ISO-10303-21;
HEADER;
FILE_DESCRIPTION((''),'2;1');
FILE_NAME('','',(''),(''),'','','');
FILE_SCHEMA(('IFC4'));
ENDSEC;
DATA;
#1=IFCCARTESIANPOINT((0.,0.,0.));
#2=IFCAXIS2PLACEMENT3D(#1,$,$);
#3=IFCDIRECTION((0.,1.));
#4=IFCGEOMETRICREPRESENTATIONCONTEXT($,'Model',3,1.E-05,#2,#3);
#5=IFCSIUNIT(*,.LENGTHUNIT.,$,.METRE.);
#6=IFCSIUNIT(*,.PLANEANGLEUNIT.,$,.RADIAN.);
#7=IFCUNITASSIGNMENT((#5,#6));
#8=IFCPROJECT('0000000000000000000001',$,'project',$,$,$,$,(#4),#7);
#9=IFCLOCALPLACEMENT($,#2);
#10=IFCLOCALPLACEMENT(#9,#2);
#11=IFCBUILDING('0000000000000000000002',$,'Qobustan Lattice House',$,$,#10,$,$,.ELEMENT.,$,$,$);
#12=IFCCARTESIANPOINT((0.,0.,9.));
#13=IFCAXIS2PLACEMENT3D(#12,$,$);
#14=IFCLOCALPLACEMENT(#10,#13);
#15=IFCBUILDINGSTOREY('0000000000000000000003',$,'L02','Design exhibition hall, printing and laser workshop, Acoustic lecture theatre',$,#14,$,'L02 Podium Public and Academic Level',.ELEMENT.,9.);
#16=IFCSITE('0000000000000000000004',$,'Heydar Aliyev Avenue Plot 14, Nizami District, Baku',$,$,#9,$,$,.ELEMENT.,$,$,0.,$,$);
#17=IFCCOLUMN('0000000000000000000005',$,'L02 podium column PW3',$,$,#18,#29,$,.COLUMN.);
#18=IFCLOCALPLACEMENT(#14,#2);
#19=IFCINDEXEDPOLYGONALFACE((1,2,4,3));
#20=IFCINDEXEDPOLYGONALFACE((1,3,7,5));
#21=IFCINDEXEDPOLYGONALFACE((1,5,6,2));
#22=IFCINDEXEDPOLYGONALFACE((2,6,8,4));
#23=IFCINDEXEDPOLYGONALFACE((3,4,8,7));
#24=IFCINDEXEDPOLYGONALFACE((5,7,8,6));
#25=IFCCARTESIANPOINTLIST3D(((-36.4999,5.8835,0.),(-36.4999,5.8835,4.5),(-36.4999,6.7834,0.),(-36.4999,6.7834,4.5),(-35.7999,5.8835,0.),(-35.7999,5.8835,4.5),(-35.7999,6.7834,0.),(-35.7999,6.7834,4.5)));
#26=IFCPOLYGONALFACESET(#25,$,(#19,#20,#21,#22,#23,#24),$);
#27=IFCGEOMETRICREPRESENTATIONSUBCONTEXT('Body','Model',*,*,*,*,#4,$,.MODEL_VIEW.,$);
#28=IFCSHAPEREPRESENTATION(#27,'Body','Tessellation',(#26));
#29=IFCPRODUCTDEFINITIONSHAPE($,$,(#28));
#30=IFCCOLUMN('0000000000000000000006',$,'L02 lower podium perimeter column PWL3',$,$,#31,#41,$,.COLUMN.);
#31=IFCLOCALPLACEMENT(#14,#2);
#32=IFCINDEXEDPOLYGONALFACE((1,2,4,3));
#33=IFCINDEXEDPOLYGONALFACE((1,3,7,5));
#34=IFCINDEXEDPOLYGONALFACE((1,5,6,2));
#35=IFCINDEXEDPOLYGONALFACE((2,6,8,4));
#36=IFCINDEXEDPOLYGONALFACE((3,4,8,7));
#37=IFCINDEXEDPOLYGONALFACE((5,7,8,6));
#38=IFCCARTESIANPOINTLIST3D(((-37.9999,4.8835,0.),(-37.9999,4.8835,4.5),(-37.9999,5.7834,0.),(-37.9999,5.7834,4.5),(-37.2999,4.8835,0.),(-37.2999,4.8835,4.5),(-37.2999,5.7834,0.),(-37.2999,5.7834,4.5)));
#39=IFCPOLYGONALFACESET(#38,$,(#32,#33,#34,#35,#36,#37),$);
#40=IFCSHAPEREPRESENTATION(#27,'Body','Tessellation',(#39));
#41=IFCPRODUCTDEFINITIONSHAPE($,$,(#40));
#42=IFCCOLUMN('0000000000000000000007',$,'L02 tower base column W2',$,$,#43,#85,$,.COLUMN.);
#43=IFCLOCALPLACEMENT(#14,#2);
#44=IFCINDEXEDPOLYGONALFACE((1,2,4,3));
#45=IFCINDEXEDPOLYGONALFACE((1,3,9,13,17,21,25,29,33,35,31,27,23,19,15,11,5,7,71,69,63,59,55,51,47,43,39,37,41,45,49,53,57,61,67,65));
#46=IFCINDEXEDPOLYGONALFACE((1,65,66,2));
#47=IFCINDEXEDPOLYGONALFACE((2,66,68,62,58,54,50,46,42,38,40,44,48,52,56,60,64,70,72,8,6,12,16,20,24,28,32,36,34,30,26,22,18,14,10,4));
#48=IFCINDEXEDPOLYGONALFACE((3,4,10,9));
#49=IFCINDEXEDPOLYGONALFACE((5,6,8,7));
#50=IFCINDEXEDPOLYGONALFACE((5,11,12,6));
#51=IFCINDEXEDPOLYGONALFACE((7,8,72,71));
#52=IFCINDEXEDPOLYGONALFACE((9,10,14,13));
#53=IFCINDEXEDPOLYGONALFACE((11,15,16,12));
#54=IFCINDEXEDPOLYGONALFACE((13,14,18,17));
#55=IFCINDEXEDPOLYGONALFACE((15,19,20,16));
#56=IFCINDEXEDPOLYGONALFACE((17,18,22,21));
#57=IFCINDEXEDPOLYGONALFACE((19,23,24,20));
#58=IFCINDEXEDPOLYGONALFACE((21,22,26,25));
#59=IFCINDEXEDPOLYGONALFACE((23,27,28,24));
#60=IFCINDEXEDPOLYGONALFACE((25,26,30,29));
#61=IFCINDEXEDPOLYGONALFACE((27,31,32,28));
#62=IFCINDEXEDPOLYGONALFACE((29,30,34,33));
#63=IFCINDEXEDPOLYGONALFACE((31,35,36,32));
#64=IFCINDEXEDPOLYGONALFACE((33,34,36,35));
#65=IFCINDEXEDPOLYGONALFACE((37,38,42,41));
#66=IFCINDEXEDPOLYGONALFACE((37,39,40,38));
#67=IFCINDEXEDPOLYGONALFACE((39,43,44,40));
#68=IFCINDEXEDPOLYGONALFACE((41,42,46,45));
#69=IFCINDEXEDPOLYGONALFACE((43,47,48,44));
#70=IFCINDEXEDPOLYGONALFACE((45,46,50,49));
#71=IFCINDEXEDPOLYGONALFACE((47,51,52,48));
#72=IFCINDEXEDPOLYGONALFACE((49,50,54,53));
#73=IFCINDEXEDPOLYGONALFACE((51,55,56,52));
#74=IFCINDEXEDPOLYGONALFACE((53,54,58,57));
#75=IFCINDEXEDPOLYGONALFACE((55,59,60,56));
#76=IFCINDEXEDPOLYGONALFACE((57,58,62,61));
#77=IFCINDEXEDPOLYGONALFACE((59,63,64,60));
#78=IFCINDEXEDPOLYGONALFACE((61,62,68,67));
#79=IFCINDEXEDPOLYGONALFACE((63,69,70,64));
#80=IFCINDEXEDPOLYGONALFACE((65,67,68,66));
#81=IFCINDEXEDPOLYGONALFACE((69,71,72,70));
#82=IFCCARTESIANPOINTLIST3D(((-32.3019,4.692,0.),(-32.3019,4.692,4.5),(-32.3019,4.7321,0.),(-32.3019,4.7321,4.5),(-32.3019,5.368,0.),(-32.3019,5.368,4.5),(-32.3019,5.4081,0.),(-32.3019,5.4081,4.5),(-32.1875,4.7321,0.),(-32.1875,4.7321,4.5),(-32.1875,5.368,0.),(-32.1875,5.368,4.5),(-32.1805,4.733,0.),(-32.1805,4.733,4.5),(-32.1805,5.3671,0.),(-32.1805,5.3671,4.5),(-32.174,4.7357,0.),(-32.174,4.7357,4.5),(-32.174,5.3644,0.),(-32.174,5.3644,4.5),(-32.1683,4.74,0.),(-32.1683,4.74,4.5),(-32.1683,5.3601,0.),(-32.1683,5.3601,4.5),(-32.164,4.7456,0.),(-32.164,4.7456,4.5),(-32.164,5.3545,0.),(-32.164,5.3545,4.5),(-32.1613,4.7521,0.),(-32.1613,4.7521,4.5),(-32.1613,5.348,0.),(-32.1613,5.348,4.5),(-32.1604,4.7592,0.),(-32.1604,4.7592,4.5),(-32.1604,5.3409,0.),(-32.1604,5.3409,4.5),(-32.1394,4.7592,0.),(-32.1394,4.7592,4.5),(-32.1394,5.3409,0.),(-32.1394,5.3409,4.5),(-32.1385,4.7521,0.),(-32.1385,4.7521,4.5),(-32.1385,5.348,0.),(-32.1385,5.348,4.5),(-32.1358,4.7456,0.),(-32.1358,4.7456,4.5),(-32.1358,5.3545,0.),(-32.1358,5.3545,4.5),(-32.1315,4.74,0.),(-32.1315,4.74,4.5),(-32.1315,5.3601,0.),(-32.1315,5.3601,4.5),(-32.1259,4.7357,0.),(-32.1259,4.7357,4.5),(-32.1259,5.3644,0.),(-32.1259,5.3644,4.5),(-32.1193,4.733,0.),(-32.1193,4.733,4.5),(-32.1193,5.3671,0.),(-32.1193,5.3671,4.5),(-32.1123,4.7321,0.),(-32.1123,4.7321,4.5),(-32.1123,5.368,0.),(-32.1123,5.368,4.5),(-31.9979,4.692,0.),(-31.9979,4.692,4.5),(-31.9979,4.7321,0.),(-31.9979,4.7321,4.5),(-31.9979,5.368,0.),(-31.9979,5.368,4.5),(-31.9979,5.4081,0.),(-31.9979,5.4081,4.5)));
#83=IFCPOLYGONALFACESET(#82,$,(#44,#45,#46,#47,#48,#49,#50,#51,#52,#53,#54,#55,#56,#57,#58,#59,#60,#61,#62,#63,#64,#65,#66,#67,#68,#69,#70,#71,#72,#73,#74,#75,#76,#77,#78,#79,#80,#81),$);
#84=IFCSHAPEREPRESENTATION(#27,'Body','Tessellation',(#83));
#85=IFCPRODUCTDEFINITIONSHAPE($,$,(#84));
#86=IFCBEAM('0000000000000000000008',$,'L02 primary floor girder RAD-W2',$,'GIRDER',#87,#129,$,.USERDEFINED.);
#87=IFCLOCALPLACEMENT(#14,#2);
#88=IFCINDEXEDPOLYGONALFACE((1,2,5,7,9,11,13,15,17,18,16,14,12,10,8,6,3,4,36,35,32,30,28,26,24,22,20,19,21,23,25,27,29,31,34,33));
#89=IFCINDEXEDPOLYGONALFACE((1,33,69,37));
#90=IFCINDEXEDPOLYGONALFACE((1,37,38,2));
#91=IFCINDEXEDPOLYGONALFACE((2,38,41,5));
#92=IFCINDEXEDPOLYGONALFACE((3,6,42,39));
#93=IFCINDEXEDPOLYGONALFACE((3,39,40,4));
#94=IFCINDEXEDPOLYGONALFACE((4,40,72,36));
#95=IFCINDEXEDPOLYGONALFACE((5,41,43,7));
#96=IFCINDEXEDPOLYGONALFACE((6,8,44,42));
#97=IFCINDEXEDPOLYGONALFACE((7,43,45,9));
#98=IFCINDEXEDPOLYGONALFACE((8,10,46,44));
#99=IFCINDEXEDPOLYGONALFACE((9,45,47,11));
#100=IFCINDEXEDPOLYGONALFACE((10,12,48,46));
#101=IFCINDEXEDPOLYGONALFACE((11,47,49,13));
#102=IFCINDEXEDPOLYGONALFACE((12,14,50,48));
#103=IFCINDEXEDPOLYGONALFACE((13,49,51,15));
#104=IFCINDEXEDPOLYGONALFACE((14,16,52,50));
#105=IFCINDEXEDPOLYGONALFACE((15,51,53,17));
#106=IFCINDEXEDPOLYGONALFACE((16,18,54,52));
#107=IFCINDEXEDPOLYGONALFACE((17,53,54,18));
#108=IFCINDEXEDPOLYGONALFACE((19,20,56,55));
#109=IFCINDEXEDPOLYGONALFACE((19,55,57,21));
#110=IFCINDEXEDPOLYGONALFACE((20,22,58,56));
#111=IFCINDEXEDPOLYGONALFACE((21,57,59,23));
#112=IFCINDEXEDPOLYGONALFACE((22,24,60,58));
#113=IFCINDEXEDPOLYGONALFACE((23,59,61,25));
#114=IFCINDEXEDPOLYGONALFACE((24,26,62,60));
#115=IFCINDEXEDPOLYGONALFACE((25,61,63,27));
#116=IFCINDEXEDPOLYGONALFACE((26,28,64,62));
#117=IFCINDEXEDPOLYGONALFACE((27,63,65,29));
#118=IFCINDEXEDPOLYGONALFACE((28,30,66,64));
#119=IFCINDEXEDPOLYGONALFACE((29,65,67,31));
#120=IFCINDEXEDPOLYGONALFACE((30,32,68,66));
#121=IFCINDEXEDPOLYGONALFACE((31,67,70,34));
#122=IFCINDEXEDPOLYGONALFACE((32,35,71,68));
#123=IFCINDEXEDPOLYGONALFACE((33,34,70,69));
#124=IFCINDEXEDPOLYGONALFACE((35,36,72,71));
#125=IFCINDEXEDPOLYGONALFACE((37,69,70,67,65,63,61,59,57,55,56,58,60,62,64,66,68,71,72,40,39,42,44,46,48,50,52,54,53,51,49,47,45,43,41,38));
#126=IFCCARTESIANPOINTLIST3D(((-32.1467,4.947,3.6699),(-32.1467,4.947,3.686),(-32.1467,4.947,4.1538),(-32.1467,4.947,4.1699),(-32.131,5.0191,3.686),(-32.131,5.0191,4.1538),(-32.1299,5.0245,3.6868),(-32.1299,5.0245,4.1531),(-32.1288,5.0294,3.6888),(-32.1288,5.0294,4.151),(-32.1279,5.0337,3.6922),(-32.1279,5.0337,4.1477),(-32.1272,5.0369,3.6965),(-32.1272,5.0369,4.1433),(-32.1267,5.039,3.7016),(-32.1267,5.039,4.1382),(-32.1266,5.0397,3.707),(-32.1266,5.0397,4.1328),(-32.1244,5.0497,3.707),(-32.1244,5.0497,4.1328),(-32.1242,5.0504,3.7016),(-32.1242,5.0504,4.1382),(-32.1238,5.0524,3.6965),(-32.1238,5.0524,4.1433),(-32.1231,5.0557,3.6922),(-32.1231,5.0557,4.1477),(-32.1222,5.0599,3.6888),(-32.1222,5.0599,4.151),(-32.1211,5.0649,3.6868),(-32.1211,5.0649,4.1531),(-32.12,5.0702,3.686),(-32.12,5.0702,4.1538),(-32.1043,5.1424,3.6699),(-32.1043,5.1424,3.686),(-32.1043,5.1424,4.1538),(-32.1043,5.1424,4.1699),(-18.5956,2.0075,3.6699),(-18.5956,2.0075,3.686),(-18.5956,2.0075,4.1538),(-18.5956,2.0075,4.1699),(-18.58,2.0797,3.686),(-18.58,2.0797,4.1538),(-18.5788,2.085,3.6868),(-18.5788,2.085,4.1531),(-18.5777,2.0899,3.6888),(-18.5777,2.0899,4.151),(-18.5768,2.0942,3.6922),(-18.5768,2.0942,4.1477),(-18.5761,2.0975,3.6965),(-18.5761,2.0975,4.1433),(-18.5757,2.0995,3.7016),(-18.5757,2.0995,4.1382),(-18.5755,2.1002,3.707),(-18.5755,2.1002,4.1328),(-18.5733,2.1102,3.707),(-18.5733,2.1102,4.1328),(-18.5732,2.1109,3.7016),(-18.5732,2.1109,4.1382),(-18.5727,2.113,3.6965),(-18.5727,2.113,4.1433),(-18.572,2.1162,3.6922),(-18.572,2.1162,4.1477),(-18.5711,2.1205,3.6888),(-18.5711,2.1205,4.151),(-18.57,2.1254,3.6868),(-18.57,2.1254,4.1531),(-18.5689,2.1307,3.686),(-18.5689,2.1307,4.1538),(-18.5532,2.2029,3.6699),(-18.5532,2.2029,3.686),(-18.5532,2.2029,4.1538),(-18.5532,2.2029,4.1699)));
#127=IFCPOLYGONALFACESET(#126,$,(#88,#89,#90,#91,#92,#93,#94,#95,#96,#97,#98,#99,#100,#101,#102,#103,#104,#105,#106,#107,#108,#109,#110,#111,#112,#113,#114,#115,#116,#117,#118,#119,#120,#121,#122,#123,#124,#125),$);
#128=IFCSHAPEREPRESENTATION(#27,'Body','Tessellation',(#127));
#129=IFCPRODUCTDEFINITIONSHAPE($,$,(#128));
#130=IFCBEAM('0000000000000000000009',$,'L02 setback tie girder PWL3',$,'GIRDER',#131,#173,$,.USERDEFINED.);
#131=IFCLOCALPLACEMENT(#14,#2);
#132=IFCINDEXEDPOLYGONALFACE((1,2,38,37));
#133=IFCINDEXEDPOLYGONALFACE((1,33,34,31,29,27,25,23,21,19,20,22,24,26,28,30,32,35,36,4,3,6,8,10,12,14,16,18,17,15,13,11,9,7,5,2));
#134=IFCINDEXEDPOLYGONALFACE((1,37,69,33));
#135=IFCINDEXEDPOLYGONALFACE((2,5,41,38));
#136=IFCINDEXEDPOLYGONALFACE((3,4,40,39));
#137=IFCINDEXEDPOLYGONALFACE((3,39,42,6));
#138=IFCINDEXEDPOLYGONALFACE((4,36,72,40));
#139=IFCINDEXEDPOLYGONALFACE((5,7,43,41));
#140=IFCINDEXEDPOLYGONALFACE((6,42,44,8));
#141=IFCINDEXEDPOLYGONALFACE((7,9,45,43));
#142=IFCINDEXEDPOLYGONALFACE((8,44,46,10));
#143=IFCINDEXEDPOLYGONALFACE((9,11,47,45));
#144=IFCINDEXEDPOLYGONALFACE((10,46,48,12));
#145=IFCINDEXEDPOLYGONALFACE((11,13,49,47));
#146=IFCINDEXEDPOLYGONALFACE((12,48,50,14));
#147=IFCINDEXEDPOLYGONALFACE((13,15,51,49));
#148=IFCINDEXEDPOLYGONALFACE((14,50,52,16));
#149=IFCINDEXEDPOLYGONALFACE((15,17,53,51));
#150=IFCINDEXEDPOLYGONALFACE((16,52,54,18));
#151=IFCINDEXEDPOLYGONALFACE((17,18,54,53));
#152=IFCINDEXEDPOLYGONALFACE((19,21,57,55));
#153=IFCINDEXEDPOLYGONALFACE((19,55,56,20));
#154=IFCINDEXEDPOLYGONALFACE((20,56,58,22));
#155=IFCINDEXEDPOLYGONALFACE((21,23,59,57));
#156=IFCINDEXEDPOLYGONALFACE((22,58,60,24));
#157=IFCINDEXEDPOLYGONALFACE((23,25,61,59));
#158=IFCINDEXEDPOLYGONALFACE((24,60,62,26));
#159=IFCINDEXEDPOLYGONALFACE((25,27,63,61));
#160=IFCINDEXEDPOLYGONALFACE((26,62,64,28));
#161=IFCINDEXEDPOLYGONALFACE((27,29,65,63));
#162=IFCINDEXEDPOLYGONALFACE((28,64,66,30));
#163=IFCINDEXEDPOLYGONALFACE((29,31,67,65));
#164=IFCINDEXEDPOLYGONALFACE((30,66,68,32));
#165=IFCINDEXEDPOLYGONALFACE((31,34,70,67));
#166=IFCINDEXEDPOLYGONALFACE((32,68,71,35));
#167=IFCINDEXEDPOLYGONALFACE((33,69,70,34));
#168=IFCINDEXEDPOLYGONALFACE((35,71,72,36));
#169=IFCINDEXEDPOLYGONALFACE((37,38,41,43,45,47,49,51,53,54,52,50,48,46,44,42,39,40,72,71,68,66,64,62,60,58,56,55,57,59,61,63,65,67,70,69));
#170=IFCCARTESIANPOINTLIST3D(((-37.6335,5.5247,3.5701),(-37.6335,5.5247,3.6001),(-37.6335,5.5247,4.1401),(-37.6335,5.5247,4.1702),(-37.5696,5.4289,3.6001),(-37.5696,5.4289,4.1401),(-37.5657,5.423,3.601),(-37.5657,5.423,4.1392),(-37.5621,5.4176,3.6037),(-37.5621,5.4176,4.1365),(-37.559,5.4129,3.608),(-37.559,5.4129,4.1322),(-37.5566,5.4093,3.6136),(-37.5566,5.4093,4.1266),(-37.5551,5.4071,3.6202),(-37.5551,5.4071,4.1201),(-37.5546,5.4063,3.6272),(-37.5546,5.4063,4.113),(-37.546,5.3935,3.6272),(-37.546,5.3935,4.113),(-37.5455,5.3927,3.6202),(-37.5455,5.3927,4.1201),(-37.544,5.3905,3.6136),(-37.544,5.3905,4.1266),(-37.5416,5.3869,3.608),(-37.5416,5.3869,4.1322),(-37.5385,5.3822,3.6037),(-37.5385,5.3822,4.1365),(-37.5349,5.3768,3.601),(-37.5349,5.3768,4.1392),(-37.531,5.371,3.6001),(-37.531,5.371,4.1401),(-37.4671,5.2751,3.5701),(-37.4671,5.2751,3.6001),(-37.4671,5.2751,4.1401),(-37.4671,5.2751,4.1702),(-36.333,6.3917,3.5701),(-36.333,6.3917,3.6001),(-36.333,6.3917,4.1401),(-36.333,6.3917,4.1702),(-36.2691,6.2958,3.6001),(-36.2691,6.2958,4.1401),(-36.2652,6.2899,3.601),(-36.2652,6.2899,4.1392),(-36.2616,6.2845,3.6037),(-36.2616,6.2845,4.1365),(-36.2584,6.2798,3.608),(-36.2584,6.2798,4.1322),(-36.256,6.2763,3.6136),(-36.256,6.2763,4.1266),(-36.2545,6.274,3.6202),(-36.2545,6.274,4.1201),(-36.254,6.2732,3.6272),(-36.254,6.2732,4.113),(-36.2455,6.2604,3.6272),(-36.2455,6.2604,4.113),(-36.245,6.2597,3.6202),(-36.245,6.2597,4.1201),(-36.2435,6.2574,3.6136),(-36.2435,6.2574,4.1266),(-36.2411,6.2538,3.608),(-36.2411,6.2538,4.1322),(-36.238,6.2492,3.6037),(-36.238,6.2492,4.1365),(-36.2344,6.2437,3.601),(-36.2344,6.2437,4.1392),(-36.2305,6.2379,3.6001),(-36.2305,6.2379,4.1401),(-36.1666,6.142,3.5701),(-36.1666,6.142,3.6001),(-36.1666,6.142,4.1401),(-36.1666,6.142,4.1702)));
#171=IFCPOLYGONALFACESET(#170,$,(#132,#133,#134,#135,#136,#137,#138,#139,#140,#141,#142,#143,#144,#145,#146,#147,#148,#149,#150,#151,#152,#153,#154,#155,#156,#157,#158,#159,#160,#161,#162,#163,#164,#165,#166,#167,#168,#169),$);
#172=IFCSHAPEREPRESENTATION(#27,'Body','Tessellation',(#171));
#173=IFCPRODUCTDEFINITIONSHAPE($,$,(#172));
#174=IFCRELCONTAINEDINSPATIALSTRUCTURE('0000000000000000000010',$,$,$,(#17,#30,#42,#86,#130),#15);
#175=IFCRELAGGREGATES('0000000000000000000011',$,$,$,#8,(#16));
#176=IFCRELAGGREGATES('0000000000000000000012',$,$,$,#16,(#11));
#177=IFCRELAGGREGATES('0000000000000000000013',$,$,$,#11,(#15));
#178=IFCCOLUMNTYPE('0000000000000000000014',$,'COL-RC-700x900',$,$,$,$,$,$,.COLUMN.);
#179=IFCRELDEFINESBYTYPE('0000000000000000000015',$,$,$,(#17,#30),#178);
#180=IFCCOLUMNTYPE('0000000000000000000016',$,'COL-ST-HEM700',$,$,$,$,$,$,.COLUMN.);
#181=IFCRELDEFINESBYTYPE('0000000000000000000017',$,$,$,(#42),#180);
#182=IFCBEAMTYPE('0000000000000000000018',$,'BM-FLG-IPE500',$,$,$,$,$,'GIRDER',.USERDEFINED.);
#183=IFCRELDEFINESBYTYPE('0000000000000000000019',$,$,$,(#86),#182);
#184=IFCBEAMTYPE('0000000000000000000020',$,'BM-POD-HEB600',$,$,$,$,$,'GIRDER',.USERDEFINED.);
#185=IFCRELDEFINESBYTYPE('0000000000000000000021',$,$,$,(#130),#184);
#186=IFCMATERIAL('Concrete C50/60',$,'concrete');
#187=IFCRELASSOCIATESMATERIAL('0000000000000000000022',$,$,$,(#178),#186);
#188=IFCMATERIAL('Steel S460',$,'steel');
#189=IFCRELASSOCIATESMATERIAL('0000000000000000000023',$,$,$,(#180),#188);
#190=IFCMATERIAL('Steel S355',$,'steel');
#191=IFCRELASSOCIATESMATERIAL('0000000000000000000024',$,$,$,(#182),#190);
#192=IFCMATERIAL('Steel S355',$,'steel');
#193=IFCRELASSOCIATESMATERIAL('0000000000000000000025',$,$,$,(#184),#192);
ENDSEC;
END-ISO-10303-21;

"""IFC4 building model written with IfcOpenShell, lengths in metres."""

from ifc_helpers import new_model, si_unit, direction, frame, origin, origin_2d, place, context, subcontext, project, spatial, rectangle, i_section, extrude, material, material_profile, profile_set, type_object, element, save


model = new_model("IFC4")

# Units and contexts
model_context = context("Model", 3, precision=1e-05, world=origin(), true_north=direction((0.0, 1.0)))
body_context = subcontext(model_context, "Body", "Model", "MODEL_VIEW")
ifc_project = project(units=[si_unit("LENGTHUNIT", "METRE"), si_unit("PLANEANGLEUNIT", "RADIAN")], contexts=[model_context])

# Site, building, storey
site_placement = place(None, origin())
site = spatial("IfcSite", under=ifc_project, at=site_placement, Name="Heydar Aliyev Avenue Plot 14, Nizami District, Baku", CompositionType="ELEMENT", RefElevation=0.0)
building_placement = place(site_placement, origin())
building = spatial("IfcBuilding", under=site, at=building_placement, Name="Qobustan Lattice House", CompositionType="ELEMENT")
storey_placement = place(building_placement, frame((0.0, 0.0, 9.0)))
storey = spatial("IfcBuildingStorey", under=building, at=storey_placement, Name="L02", Description="Design exhibition hall, printing and laser workshop, Acoustic lecture theatre", LongName="L02 Podium Public and Academic Level", CompositionType="ELEMENT", Elevation=9.0)

# Columns
ifc_material_1 = material(Name="Concrete C50/60", Category="concrete")
ifc_material_profile_1 = material_profile(ifc_material_1, rectangle(XDim=0.7, YDim=0.8999, at=origin_2d()), Name="RC700x900")
ifc_profile_set_1 = profile_set([ifc_material_profile_1], Name="Concrete C50/60")
column_type_1 = type_object("IfcColumnType", Name="COL-RC-700x900", PredefinedType="COLUMN", material=ifc_profile_set_1)
for number, where, z_axis, x_axis, name in (
    (1, (-36.1499, 6.3335, 0.0), (0.0, 0.0, 1.0), (1.0, 0.0, 0.0), "L02 podium column PW3"),
    (2, (-37.6499, 5.3335, 0.0), (0.0, 0.0, 1.0), (1.0, 0.0, 0.0), "L02 lower podium perimeter column PWL3"),
):
    element("IfcColumn", number, at=place(storey_placement, frame(where, z_axis=z_axis, x_axis=x_axis)), inside=storey, type_object=column_type_1, Name=name, PredefinedType="COLUMN", context=body_context, shape_type="SweptSolid", body=[
        extrude(rectangle(XDim=0.7, YDim=0.8999, at=origin_2d()), origin(), (0.0, 0.0, 1.0), 4.5),
    ])
ifc_material_2 = material(Name="Steel S460", Category="steel")
ifc_material_profile_2 = material_profile(ifc_material_2, i_section(OverallWidth=0.304, OverallDepth=0.7161, WebThickness=0.021, FlangeThickness=0.04, FilletRadius=0.0271, at=origin_2d()), Name="HEM700")
ifc_profile_set_2 = profile_set([ifc_material_profile_2], Name="Steel S460")
column_type_2 = type_object("IfcColumnType", Name="COL-ST-HEM700", PredefinedType="COLUMN", material=ifc_profile_set_2)
column_placement = place(storey_placement, frame((-32.1499, 5.05, 0.0), z_axis=(0.0, 0.0, 1.0), x_axis=(1.0, 0.0, 0.0)))
element("IfcColumn", 3, at=column_placement, inside=storey, type_object=column_type_2, Name="L02 tower base column W2", PredefinedType="COLUMN", context=body_context, shape_type="SweptSolid", body=[
    extrude(i_section(OverallWidth=0.304, OverallDepth=0.7161, WebThickness=0.021, FlangeThickness=0.04, FilletRadius=0.0271, at=origin_2d()), origin(), (0.0, 0.0, 1.0), 4.5),
])

# Beams
ifc_material_3 = material(Name="Steel S355", Category="steel")
ifc_material_profile_3 = material_profile(ifc_material_3, i_section(OverallWidth=0.2, OverallDepth=0.5, WebThickness=0.0103, FlangeThickness=0.0161, FilletRadius=0.021, at=origin_2d()), Name="IPE500")
ifc_profile_set_3 = profile_set([ifc_material_profile_3], Name="Steel S355")
beam_type_1 = type_object("IfcBeamType", Name="BM-FLG-IPE500", ElementType="GIRDER", PredefinedType="USERDEFINED", material=ifc_profile_set_3)
beam_1_placement = place(storey_placement, frame((-32.1255, 5.0447, 3.9199), z_axis=(0.977272, -0.211987, 0.0), x_axis=(0.211987, 0.977272, 0.0)))
element("IfcBeam", 4, at=beam_1_placement, inside=storey, type_object=beam_type_1, Name="L02 primary floor girder RAD-W2", ObjectType="GIRDER", PredefinedType="USERDEFINED", context=body_context, shape_type="SweptSolid", body=[
    extrude(i_section(OverallWidth=0.2, OverallDepth=0.5, WebThickness=0.0103, FlangeThickness=0.0161, FilletRadius=0.021, at=origin_2d()), origin(), (0.0, 0.0, 1.0), 13.8662),
])
ifc_material_4 = material(Name="Steel S355", Category="steel")
ifc_material_profile_4 = material_profile(ifc_material_4, i_section(OverallWidth=0.3, OverallDepth=0.6001, WebThickness=0.0154, FlangeThickness=0.03, FilletRadius=0.0271, at=origin_2d()), Name="HEB600")
ifc_profile_set_4 = profile_set([ifc_material_profile_4], Name="Steel S355")
beam_type_2 = type_object("IfcBeamType", Name="BM-POD-HEB600", ElementType="GIRDER", PredefinedType="USERDEFINED", material=ifc_profile_set_4)
beam_2_placement = place(storey_placement, frame((-37.5503, 5.3999, 3.8701), z_axis=(0.832074, 0.554664, 0.0), x_axis=(-0.554664, 0.832074, 0.0)))
element("IfcBeam", 5, at=beam_2_placement, inside=storey, type_object=beam_type_2, Name="L02 setback tie girder PWL3", ObjectType="GIRDER", PredefinedType="USERDEFINED", context=body_context, shape_type="SweptSolid", body=[
    extrude(i_section(OverallWidth=0.3, OverallDepth=0.6001, WebThickness=0.0154, FlangeThickness=0.03, FilletRadius=0.0271, at=origin_2d()), origin(), (0.0, 0.0, 1.0), 1.563),
])

save(model, "model.ifc")
